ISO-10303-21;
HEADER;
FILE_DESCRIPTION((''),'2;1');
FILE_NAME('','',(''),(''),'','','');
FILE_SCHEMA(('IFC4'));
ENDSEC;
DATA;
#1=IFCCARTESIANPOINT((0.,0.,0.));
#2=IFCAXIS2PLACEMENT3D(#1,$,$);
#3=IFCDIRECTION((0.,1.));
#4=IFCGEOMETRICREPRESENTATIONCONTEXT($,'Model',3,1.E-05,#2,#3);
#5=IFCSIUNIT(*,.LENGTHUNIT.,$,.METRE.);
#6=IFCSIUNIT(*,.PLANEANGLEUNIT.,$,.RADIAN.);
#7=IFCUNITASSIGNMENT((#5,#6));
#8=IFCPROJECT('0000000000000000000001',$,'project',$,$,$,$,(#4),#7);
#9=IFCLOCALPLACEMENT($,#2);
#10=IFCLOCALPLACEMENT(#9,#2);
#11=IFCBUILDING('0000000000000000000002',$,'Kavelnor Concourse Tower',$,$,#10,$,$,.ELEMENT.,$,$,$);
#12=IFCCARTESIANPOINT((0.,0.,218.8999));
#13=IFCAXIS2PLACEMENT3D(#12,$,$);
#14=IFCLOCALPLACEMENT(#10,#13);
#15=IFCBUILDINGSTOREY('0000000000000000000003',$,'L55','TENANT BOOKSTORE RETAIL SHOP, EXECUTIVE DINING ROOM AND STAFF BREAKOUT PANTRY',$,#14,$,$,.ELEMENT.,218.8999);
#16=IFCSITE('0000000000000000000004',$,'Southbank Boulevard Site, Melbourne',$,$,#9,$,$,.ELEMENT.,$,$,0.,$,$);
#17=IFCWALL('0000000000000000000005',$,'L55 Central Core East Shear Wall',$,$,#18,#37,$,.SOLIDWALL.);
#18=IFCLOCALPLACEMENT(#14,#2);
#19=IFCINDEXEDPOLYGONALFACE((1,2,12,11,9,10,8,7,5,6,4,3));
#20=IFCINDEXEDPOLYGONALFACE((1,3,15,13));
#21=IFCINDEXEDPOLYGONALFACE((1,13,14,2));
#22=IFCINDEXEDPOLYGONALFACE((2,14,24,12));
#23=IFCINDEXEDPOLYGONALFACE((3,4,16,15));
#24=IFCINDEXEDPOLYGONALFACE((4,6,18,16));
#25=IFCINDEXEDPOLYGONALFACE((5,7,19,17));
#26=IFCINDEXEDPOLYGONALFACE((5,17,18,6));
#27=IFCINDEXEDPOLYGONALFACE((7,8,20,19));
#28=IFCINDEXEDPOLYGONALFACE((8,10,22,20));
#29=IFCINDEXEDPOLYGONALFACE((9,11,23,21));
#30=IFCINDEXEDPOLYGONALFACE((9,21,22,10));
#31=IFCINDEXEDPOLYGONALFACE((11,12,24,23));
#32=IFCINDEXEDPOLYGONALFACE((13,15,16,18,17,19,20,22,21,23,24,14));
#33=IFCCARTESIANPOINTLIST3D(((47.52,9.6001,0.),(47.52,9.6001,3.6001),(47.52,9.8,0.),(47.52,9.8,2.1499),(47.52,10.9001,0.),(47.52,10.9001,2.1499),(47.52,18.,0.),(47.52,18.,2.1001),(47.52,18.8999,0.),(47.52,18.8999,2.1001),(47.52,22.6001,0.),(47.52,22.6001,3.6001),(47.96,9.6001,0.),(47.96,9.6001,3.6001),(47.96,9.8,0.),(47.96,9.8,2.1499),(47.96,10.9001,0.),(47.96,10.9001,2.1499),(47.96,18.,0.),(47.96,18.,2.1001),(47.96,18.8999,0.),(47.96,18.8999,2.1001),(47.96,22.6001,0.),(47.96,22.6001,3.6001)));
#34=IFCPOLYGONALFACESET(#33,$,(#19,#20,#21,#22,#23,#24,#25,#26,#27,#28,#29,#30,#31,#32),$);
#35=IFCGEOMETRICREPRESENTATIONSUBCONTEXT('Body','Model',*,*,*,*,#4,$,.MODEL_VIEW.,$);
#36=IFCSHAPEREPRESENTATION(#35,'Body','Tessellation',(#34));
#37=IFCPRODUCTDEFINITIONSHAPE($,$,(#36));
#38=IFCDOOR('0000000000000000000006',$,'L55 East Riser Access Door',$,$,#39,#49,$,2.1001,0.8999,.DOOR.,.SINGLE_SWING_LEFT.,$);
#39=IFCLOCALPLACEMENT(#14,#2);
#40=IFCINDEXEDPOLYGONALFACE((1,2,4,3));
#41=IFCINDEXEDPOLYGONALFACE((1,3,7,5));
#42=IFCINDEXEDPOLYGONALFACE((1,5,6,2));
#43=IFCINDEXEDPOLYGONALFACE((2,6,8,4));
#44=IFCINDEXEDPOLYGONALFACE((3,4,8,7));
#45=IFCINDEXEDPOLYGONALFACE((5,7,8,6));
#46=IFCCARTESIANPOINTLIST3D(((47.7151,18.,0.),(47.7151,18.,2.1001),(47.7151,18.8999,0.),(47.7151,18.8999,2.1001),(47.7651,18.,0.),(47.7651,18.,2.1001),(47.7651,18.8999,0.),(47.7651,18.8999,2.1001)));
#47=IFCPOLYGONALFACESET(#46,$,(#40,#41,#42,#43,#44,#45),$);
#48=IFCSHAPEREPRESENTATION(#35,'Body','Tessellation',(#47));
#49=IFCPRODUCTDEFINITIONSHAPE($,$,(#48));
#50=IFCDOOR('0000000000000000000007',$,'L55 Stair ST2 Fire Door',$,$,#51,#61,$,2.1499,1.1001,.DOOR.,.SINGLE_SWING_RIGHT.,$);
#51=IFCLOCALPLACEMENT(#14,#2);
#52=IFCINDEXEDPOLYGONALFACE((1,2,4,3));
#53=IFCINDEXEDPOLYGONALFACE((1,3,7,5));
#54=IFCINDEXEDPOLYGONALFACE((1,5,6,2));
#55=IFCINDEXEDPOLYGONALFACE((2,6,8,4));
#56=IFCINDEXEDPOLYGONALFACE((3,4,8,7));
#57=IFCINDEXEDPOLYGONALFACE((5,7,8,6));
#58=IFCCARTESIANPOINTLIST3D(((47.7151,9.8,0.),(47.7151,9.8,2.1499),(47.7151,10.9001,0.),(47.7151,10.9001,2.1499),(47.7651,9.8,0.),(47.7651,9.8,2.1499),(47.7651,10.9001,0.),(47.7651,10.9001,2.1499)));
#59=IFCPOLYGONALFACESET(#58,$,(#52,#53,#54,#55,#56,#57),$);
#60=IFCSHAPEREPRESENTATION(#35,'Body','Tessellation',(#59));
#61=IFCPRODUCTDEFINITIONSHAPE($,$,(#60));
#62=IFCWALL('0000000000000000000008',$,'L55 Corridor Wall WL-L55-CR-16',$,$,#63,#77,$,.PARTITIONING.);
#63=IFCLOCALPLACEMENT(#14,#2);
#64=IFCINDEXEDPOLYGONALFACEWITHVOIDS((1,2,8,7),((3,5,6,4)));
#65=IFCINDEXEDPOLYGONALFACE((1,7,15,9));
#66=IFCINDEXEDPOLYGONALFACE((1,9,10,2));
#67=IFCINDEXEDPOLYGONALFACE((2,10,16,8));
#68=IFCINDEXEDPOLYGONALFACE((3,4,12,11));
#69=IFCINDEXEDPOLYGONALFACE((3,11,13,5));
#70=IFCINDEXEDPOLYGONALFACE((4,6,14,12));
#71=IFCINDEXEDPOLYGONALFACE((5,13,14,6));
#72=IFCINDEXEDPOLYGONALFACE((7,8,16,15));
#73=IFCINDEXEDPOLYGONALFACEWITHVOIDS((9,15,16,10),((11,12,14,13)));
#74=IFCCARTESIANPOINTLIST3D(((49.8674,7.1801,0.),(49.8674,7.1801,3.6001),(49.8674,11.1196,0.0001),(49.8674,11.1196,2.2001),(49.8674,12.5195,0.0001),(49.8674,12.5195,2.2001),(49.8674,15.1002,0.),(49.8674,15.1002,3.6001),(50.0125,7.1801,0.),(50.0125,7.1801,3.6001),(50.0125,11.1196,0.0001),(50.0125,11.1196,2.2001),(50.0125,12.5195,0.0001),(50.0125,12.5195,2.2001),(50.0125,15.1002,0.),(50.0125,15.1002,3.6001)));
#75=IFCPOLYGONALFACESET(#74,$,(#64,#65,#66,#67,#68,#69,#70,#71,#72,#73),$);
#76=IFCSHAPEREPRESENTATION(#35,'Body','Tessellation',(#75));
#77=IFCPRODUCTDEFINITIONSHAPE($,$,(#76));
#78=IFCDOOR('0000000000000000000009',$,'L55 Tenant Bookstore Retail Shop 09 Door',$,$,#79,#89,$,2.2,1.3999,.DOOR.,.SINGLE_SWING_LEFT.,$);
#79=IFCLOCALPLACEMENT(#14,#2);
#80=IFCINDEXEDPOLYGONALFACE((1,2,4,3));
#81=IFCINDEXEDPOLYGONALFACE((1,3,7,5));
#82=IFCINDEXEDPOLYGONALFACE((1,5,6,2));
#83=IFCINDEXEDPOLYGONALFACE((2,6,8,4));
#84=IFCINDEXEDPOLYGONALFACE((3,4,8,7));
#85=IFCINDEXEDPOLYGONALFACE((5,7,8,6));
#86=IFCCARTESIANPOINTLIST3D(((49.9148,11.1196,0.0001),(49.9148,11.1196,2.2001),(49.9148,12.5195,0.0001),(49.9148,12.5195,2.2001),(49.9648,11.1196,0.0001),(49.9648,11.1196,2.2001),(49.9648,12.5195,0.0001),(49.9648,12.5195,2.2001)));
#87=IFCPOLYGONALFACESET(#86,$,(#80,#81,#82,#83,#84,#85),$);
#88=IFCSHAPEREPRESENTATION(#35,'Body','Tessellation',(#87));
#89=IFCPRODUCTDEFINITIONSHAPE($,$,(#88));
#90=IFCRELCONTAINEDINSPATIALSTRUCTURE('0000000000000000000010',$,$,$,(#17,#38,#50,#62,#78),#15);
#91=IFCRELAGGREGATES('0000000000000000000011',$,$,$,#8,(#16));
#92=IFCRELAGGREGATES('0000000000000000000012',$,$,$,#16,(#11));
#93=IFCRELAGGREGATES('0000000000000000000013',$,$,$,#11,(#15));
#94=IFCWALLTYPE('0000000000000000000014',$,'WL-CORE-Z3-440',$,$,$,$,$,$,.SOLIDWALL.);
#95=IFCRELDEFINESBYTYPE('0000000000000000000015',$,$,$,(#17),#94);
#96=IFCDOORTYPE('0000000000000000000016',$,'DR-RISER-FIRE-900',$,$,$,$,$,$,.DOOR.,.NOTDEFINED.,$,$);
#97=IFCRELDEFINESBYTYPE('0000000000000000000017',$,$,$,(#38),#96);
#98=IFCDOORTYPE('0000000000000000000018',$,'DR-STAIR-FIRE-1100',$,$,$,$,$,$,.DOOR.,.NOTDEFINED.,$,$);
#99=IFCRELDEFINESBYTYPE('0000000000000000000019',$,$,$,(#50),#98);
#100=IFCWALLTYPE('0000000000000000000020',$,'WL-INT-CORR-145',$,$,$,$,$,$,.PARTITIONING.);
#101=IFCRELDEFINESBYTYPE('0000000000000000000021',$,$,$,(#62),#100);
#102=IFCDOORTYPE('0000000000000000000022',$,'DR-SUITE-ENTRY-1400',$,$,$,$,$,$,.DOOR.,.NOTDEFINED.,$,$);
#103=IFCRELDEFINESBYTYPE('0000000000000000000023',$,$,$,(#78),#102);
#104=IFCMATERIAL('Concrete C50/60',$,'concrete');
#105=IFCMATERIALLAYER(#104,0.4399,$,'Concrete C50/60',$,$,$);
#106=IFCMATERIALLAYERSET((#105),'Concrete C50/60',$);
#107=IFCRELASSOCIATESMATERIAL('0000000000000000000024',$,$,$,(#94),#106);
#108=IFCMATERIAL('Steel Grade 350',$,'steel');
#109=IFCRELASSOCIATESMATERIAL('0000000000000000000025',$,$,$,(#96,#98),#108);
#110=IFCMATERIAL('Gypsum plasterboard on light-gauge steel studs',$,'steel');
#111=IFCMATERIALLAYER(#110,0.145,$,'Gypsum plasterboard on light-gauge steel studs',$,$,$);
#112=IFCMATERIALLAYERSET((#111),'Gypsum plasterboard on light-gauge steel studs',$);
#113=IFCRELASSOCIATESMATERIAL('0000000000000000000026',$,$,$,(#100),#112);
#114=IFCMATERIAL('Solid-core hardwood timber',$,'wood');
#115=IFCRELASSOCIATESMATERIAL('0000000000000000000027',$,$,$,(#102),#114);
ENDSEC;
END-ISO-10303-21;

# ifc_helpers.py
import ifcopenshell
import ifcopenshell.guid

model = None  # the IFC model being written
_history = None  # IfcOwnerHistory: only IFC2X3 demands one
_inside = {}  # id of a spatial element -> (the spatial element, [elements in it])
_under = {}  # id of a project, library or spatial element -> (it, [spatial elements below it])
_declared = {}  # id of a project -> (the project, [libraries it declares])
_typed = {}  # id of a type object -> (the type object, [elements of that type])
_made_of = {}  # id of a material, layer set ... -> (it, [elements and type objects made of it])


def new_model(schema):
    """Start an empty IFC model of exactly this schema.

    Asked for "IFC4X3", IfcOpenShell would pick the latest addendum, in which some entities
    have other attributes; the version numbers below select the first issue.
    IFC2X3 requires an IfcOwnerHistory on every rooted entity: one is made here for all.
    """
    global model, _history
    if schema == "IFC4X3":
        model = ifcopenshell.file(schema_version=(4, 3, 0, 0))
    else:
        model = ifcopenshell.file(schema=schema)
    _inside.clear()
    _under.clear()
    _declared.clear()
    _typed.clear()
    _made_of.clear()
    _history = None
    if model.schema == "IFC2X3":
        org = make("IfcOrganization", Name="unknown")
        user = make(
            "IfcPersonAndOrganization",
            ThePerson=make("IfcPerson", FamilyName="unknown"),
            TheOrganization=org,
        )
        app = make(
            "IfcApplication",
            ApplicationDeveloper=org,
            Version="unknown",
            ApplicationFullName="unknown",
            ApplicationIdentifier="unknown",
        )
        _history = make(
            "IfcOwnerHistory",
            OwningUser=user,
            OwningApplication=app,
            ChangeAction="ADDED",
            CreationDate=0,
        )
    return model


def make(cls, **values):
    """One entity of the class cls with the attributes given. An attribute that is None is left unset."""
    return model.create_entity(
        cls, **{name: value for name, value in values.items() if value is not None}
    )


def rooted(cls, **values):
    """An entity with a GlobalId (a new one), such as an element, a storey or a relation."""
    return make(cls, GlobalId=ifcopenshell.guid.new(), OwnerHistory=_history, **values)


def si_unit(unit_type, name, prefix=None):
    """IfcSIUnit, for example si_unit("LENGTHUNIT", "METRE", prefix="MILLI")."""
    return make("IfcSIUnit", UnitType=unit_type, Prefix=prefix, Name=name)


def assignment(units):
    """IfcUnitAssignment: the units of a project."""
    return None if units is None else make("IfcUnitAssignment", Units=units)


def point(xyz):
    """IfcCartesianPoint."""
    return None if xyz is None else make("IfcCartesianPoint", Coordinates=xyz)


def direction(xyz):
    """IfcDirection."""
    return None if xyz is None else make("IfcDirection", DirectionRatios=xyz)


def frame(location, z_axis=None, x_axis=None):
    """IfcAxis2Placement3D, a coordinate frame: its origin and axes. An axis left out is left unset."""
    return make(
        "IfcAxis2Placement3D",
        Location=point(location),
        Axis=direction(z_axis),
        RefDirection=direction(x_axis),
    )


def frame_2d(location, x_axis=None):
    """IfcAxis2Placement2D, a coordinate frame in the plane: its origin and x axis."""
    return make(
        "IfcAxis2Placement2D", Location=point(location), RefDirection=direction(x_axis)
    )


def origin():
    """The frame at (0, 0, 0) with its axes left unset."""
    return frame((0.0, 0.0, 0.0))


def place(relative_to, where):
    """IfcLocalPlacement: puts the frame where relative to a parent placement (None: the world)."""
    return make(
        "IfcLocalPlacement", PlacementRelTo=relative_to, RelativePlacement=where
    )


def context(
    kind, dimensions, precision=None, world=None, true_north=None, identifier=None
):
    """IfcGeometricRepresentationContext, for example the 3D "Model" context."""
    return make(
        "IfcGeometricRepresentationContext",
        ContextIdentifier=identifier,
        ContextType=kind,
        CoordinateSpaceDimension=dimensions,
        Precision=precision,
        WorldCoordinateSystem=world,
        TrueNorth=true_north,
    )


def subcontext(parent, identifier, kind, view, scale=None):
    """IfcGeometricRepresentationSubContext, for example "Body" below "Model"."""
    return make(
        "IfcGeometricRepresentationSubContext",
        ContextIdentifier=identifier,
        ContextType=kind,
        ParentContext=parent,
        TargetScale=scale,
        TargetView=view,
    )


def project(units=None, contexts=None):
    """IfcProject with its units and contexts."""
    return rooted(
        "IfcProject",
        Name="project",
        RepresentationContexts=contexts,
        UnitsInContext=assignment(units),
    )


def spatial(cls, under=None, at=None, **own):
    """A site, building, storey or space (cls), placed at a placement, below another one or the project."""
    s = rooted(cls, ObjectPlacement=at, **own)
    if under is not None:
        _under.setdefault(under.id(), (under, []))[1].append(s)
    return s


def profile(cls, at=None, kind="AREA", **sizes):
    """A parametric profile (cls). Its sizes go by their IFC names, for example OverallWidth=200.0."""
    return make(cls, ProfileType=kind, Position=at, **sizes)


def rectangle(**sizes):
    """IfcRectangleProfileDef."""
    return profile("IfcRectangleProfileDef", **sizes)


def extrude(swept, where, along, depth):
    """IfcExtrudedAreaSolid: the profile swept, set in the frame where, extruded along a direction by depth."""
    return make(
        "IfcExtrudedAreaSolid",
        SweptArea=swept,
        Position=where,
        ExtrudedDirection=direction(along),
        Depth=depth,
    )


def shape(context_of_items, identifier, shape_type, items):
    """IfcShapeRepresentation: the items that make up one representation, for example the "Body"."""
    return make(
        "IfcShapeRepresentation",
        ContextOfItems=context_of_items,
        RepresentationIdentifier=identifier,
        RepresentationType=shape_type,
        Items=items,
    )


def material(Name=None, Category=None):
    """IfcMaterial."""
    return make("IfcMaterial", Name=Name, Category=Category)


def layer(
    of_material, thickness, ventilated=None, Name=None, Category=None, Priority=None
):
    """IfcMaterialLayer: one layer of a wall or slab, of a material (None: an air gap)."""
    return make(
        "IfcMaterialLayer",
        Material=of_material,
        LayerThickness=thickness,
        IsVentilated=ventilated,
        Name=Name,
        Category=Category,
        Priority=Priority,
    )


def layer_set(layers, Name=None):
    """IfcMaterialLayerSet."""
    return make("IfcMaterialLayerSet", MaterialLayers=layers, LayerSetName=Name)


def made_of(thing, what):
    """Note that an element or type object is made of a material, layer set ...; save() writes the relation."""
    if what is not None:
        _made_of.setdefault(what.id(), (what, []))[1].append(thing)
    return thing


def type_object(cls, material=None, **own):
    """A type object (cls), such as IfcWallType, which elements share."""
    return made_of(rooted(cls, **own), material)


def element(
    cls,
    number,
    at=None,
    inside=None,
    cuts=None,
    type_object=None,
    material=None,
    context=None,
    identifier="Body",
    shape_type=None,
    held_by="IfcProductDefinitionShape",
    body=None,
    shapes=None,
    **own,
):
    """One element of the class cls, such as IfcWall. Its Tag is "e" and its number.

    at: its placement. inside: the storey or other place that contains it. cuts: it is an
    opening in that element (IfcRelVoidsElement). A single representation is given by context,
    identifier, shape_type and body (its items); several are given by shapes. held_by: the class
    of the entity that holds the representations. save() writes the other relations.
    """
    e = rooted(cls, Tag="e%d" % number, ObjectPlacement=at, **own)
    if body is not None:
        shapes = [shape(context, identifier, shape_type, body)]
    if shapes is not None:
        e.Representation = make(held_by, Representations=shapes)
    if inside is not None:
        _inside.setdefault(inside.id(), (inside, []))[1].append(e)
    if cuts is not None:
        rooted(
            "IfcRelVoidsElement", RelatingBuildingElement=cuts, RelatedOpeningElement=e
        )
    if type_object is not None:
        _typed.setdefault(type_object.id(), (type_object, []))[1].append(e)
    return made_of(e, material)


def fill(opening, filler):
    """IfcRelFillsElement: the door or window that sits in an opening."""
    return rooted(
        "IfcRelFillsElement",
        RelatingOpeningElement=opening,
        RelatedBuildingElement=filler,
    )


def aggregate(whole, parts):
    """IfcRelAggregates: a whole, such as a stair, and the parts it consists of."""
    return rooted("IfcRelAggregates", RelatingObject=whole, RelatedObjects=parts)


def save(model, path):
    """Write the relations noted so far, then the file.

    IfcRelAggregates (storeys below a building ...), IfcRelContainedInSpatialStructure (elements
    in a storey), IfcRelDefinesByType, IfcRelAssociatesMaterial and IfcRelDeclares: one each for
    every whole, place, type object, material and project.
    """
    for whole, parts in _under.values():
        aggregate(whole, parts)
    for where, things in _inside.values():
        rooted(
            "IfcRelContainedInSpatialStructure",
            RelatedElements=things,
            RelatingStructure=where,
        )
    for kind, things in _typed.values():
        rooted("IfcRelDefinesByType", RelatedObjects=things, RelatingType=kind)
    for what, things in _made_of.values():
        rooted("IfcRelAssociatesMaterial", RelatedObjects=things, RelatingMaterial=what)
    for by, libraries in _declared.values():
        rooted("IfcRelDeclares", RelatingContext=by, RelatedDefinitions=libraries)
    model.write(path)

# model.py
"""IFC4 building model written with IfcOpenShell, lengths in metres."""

from ifc_helpers import new_model, si_unit, direction, frame, frame_2d, origin, place, context, subcontext, project, spatial, rectangle, extrude, material, layer, layer_set, type_object, element, fill, save


model = new_model("IFC4")

# Units and contexts
model_context = context("Model", 3, precision=1e-05, world=origin(), true_north=direction((0.0, 1.0)))
body_context = subcontext(model_context, "Body", "Model", "MODEL_VIEW")
ifc_project = project(units=[si_unit("LENGTHUNIT", "METRE"), si_unit("PLANEANGLEUNIT", "RADIAN")], contexts=[model_context])

# Site, building, storey
site_placement = place(None, origin())
site = spatial("IfcSite", under=ifc_project, at=site_placement, Name="Southbank Boulevard Site, Melbourne", CompositionType="ELEMENT", RefElevation=0.0)
building_placement = place(site_placement, origin())
building = spatial("IfcBuilding", under=site, at=building_placement, Name="Kavelnor Concourse Tower", CompositionType="ELEMENT")
storey_placement = place(building_placement, frame((0.0, 0.0, 218.8999)))
storey = spatial("IfcBuildingStorey", under=building, at=storey_placement, Name="L55", Description="TENANT BOOKSTORE RETAIL SHOP, EXECUTIVE DINING ROOM AND STAFF BREAKOUT PANTRY", CompositionType="ELEMENT", Elevation=218.8999)

# Shared definitions
ifc_material_1 = material(Name="Steel Grade 350", Category="steel")

# Wall, openings, doors
ifc_material_2 = material(Name="Concrete C50/60", Category="concrete")
ifc_layer_1 = layer(ifc_material_2, 0.4399, Name="Concrete C50/60")
ifc_layer_set_1 = layer_set([ifc_layer_1], Name="Concrete C50/60")
wall_type_1 = type_object("IfcWallType", Name="WL-CORE-Z3-440", PredefinedType="SOLIDWALL", material=ifc_layer_set_1)
wall_1_placement = place(storey_placement, frame((47.74, 9.6001, 0.0), z_axis=(0.0, 0.0, 1.0), x_axis=(0.0, 1.0, 0.0)))
wall_1 = element("IfcWall", 1, at=wall_1_placement, inside=storey, type_object=wall_type_1, Name="L55 Central Core East Shear Wall", PredefinedType="SOLIDWALL", context=body_context, shape_type="SweptSolid", body=[
    extrude(rectangle(XDim=13.0, YDim=0.4399, at=frame_2d((6.5, 0.0))), origin(), (0.0, 0.0, 1.0), 3.6001),
])
opening_1_placement = place(wall_1_placement, frame((0.2, 0.0, 0.0)))
opening_1 = element("IfcOpeningElement", 2, at=opening_1_placement, cuts=wall_1, PredefinedType="OPENING", context=body_context, shape_type="SweptSolid", body=[
    extrude(rectangle(XDim=1.1001, YDim=2.1499, at=frame_2d((0.55, 1.075))), frame((0.0, 0.23, 0.0), z_axis=(0.0, -1.0, 0.0), x_axis=(1.0, 0.0, 0.0)), (0.0, 0.0, 1.0), 0.46),
])
opening_2_placement = place(wall_1_placement, frame((8.3999, 0.0, 0.0)))
opening_2 = element("IfcOpeningElement", 3, at=opening_2_placement, cuts=wall_1, PredefinedType="OPENING", context=body_context, shape_type="SweptSolid", body=[
    extrude(rectangle(XDim=0.8999, YDim=2.1001, at=frame_2d((0.45, 1.05))), frame((0.0, 0.23, 0.0), z_axis=(0.0, -1.0, 0.0), x_axis=(1.0, 0.0, 0.0)), (0.0, 0.0, 1.0), 0.46),
])
door_type_1 = type_object("IfcDoorType", Name="DR-RISER-FIRE-900", OperationType="NOTDEFINED", PredefinedType="DOOR", material=ifc_material_1)
door_1_placement = place(opening_2_placement, origin())
door_1 = element("IfcDoor", 4, at=door_1_placement, inside=storey, type_object=door_type_1, Name="L55 East Riser Access Door", OperationType="SINGLE_SWING_LEFT", OverallHeight=2.1001, OverallWidth=0.8999, PredefinedType="DOOR", context=body_context, shape_type="SweptSolid", body=[
    extrude(rectangle(XDim=0.8999, YDim=2.1001, at=frame_2d((0.45, 1.05))), frame((0.0, 0.0249, 0.0), z_axis=(0.0, -1.0, 0.0), x_axis=(1.0, 0.0, 0.0)), (0.0, 0.0, 1.0), 0.05),
])
fill(opening_2, door_1)
door_type_2 = type_object("IfcDoorType", Name="DR-STAIR-FIRE-1100", OperationType="NOTDEFINED", PredefinedType="DOOR", material=ifc_material_1)
door_2_placement = place(opening_1_placement, origin())
door_2 = element("IfcDoor", 5, at=door_2_placement, inside=storey, type_object=door_type_2, Name="L55 Stair ST2 Fire Door", OperationType="SINGLE_SWING_RIGHT", OverallHeight=2.1499, OverallWidth=1.1001, PredefinedType="DOOR", context=body_context, shape_type="SweptSolid", body=[
    extrude(rectangle(XDim=1.1001, YDim=2.1499, at=frame_2d((0.55, 1.075))), frame((0.0, 0.0249, 0.0), z_axis=(0.0, -1.0, 0.0), x_axis=(1.0, 0.0, 0.0)), (0.0, 0.0, 1.0), 0.05),
])
fill(opening_1, door_2)

# Wall, opening, door
ifc_material_3 = material(Name="Gypsum plasterboard on light-gauge steel studs", Category="steel")
ifc_layer_2 = layer(ifc_material_3, 0.145, Name="Gypsum plasterboard on light-gauge steel studs")
ifc_layer_set_2 = layer_set([ifc_layer_2], Name="Gypsum plasterboard on light-gauge steel studs")
wall_type_2 = type_object("IfcWallType", Name="WL-INT-CORR-145", PredefinedType="PARTITIONING", material=ifc_layer_set_2)
wall_2_placement = place(storey_placement, frame((49.9399, 15.1001, 0.0), z_axis=(0.0, 0.0, 1.0), x_axis=(0.0, -1.0, 0.0)))
wall_2 = element("IfcWall", 6, at=wall_2_placement, inside=storey, type_object=wall_type_2, Name="L55 Corridor Wall WL-L55-CR-16", PredefinedType="PARTITIONING", context=body_context, shape_type="SweptSolid", body=[
    extrude(rectangle(XDim=7.9202, YDim=0.145, at=frame_2d((3.96, 0.0))), origin(), (0.0, 0.0, 1.0), 3.6001),
])
opening_3_placement = place(wall_2_placement, frame((2.5806, 0.0, 0.0)))
opening_3 = element("IfcOpeningElement", 7, at=opening_3_placement, cuts=wall_2, PredefinedType="OPENING", context=body_context, shape_type="SweptSolid", body=[
    extrude(rectangle(XDim=1.3999, YDim=2.2, at=frame_2d((0.7, 1.1001))), frame((0.0, 0.0825, 0.0), z_axis=(0.0, -1.0, 0.0), x_axis=(1.0, 0.0, 0.0)), (0.0, 0.0, 1.0), 0.165),
])
ifc_material_4 = material(Name="Solid-core hardwood timber", Category="wood")
door_type_3 = type_object("IfcDoorType", Name="DR-SUITE-ENTRY-1400", OperationType="NOTDEFINED", PredefinedType="DOOR", material=ifc_material_4)
door_3_placement = place(opening_3_placement, origin())
door_3 = element("IfcDoor", 8, at=door_3_placement, inside=storey, type_object=door_type_3, Name="L55 Tenant Bookstore Retail Shop 09 Door", OperationType="SINGLE_SWING_LEFT", OverallHeight=2.2, OverallWidth=1.3999, PredefinedType="DOOR", context=body_context, shape_type="SweptSolid", body=[
    extrude(rectangle(XDim=1.3999, YDim=2.2, at=frame_2d((0.7, 1.1001))), frame((0.0, 0.0249, 0.0), z_axis=(0.0, -1.0, 0.0), x_axis=(1.0, 0.0, 0.0)), (0.0, 0.0, 1.0), 0.05),
])
fill(opening_3, door_3)

save(model, "model.ifc")
